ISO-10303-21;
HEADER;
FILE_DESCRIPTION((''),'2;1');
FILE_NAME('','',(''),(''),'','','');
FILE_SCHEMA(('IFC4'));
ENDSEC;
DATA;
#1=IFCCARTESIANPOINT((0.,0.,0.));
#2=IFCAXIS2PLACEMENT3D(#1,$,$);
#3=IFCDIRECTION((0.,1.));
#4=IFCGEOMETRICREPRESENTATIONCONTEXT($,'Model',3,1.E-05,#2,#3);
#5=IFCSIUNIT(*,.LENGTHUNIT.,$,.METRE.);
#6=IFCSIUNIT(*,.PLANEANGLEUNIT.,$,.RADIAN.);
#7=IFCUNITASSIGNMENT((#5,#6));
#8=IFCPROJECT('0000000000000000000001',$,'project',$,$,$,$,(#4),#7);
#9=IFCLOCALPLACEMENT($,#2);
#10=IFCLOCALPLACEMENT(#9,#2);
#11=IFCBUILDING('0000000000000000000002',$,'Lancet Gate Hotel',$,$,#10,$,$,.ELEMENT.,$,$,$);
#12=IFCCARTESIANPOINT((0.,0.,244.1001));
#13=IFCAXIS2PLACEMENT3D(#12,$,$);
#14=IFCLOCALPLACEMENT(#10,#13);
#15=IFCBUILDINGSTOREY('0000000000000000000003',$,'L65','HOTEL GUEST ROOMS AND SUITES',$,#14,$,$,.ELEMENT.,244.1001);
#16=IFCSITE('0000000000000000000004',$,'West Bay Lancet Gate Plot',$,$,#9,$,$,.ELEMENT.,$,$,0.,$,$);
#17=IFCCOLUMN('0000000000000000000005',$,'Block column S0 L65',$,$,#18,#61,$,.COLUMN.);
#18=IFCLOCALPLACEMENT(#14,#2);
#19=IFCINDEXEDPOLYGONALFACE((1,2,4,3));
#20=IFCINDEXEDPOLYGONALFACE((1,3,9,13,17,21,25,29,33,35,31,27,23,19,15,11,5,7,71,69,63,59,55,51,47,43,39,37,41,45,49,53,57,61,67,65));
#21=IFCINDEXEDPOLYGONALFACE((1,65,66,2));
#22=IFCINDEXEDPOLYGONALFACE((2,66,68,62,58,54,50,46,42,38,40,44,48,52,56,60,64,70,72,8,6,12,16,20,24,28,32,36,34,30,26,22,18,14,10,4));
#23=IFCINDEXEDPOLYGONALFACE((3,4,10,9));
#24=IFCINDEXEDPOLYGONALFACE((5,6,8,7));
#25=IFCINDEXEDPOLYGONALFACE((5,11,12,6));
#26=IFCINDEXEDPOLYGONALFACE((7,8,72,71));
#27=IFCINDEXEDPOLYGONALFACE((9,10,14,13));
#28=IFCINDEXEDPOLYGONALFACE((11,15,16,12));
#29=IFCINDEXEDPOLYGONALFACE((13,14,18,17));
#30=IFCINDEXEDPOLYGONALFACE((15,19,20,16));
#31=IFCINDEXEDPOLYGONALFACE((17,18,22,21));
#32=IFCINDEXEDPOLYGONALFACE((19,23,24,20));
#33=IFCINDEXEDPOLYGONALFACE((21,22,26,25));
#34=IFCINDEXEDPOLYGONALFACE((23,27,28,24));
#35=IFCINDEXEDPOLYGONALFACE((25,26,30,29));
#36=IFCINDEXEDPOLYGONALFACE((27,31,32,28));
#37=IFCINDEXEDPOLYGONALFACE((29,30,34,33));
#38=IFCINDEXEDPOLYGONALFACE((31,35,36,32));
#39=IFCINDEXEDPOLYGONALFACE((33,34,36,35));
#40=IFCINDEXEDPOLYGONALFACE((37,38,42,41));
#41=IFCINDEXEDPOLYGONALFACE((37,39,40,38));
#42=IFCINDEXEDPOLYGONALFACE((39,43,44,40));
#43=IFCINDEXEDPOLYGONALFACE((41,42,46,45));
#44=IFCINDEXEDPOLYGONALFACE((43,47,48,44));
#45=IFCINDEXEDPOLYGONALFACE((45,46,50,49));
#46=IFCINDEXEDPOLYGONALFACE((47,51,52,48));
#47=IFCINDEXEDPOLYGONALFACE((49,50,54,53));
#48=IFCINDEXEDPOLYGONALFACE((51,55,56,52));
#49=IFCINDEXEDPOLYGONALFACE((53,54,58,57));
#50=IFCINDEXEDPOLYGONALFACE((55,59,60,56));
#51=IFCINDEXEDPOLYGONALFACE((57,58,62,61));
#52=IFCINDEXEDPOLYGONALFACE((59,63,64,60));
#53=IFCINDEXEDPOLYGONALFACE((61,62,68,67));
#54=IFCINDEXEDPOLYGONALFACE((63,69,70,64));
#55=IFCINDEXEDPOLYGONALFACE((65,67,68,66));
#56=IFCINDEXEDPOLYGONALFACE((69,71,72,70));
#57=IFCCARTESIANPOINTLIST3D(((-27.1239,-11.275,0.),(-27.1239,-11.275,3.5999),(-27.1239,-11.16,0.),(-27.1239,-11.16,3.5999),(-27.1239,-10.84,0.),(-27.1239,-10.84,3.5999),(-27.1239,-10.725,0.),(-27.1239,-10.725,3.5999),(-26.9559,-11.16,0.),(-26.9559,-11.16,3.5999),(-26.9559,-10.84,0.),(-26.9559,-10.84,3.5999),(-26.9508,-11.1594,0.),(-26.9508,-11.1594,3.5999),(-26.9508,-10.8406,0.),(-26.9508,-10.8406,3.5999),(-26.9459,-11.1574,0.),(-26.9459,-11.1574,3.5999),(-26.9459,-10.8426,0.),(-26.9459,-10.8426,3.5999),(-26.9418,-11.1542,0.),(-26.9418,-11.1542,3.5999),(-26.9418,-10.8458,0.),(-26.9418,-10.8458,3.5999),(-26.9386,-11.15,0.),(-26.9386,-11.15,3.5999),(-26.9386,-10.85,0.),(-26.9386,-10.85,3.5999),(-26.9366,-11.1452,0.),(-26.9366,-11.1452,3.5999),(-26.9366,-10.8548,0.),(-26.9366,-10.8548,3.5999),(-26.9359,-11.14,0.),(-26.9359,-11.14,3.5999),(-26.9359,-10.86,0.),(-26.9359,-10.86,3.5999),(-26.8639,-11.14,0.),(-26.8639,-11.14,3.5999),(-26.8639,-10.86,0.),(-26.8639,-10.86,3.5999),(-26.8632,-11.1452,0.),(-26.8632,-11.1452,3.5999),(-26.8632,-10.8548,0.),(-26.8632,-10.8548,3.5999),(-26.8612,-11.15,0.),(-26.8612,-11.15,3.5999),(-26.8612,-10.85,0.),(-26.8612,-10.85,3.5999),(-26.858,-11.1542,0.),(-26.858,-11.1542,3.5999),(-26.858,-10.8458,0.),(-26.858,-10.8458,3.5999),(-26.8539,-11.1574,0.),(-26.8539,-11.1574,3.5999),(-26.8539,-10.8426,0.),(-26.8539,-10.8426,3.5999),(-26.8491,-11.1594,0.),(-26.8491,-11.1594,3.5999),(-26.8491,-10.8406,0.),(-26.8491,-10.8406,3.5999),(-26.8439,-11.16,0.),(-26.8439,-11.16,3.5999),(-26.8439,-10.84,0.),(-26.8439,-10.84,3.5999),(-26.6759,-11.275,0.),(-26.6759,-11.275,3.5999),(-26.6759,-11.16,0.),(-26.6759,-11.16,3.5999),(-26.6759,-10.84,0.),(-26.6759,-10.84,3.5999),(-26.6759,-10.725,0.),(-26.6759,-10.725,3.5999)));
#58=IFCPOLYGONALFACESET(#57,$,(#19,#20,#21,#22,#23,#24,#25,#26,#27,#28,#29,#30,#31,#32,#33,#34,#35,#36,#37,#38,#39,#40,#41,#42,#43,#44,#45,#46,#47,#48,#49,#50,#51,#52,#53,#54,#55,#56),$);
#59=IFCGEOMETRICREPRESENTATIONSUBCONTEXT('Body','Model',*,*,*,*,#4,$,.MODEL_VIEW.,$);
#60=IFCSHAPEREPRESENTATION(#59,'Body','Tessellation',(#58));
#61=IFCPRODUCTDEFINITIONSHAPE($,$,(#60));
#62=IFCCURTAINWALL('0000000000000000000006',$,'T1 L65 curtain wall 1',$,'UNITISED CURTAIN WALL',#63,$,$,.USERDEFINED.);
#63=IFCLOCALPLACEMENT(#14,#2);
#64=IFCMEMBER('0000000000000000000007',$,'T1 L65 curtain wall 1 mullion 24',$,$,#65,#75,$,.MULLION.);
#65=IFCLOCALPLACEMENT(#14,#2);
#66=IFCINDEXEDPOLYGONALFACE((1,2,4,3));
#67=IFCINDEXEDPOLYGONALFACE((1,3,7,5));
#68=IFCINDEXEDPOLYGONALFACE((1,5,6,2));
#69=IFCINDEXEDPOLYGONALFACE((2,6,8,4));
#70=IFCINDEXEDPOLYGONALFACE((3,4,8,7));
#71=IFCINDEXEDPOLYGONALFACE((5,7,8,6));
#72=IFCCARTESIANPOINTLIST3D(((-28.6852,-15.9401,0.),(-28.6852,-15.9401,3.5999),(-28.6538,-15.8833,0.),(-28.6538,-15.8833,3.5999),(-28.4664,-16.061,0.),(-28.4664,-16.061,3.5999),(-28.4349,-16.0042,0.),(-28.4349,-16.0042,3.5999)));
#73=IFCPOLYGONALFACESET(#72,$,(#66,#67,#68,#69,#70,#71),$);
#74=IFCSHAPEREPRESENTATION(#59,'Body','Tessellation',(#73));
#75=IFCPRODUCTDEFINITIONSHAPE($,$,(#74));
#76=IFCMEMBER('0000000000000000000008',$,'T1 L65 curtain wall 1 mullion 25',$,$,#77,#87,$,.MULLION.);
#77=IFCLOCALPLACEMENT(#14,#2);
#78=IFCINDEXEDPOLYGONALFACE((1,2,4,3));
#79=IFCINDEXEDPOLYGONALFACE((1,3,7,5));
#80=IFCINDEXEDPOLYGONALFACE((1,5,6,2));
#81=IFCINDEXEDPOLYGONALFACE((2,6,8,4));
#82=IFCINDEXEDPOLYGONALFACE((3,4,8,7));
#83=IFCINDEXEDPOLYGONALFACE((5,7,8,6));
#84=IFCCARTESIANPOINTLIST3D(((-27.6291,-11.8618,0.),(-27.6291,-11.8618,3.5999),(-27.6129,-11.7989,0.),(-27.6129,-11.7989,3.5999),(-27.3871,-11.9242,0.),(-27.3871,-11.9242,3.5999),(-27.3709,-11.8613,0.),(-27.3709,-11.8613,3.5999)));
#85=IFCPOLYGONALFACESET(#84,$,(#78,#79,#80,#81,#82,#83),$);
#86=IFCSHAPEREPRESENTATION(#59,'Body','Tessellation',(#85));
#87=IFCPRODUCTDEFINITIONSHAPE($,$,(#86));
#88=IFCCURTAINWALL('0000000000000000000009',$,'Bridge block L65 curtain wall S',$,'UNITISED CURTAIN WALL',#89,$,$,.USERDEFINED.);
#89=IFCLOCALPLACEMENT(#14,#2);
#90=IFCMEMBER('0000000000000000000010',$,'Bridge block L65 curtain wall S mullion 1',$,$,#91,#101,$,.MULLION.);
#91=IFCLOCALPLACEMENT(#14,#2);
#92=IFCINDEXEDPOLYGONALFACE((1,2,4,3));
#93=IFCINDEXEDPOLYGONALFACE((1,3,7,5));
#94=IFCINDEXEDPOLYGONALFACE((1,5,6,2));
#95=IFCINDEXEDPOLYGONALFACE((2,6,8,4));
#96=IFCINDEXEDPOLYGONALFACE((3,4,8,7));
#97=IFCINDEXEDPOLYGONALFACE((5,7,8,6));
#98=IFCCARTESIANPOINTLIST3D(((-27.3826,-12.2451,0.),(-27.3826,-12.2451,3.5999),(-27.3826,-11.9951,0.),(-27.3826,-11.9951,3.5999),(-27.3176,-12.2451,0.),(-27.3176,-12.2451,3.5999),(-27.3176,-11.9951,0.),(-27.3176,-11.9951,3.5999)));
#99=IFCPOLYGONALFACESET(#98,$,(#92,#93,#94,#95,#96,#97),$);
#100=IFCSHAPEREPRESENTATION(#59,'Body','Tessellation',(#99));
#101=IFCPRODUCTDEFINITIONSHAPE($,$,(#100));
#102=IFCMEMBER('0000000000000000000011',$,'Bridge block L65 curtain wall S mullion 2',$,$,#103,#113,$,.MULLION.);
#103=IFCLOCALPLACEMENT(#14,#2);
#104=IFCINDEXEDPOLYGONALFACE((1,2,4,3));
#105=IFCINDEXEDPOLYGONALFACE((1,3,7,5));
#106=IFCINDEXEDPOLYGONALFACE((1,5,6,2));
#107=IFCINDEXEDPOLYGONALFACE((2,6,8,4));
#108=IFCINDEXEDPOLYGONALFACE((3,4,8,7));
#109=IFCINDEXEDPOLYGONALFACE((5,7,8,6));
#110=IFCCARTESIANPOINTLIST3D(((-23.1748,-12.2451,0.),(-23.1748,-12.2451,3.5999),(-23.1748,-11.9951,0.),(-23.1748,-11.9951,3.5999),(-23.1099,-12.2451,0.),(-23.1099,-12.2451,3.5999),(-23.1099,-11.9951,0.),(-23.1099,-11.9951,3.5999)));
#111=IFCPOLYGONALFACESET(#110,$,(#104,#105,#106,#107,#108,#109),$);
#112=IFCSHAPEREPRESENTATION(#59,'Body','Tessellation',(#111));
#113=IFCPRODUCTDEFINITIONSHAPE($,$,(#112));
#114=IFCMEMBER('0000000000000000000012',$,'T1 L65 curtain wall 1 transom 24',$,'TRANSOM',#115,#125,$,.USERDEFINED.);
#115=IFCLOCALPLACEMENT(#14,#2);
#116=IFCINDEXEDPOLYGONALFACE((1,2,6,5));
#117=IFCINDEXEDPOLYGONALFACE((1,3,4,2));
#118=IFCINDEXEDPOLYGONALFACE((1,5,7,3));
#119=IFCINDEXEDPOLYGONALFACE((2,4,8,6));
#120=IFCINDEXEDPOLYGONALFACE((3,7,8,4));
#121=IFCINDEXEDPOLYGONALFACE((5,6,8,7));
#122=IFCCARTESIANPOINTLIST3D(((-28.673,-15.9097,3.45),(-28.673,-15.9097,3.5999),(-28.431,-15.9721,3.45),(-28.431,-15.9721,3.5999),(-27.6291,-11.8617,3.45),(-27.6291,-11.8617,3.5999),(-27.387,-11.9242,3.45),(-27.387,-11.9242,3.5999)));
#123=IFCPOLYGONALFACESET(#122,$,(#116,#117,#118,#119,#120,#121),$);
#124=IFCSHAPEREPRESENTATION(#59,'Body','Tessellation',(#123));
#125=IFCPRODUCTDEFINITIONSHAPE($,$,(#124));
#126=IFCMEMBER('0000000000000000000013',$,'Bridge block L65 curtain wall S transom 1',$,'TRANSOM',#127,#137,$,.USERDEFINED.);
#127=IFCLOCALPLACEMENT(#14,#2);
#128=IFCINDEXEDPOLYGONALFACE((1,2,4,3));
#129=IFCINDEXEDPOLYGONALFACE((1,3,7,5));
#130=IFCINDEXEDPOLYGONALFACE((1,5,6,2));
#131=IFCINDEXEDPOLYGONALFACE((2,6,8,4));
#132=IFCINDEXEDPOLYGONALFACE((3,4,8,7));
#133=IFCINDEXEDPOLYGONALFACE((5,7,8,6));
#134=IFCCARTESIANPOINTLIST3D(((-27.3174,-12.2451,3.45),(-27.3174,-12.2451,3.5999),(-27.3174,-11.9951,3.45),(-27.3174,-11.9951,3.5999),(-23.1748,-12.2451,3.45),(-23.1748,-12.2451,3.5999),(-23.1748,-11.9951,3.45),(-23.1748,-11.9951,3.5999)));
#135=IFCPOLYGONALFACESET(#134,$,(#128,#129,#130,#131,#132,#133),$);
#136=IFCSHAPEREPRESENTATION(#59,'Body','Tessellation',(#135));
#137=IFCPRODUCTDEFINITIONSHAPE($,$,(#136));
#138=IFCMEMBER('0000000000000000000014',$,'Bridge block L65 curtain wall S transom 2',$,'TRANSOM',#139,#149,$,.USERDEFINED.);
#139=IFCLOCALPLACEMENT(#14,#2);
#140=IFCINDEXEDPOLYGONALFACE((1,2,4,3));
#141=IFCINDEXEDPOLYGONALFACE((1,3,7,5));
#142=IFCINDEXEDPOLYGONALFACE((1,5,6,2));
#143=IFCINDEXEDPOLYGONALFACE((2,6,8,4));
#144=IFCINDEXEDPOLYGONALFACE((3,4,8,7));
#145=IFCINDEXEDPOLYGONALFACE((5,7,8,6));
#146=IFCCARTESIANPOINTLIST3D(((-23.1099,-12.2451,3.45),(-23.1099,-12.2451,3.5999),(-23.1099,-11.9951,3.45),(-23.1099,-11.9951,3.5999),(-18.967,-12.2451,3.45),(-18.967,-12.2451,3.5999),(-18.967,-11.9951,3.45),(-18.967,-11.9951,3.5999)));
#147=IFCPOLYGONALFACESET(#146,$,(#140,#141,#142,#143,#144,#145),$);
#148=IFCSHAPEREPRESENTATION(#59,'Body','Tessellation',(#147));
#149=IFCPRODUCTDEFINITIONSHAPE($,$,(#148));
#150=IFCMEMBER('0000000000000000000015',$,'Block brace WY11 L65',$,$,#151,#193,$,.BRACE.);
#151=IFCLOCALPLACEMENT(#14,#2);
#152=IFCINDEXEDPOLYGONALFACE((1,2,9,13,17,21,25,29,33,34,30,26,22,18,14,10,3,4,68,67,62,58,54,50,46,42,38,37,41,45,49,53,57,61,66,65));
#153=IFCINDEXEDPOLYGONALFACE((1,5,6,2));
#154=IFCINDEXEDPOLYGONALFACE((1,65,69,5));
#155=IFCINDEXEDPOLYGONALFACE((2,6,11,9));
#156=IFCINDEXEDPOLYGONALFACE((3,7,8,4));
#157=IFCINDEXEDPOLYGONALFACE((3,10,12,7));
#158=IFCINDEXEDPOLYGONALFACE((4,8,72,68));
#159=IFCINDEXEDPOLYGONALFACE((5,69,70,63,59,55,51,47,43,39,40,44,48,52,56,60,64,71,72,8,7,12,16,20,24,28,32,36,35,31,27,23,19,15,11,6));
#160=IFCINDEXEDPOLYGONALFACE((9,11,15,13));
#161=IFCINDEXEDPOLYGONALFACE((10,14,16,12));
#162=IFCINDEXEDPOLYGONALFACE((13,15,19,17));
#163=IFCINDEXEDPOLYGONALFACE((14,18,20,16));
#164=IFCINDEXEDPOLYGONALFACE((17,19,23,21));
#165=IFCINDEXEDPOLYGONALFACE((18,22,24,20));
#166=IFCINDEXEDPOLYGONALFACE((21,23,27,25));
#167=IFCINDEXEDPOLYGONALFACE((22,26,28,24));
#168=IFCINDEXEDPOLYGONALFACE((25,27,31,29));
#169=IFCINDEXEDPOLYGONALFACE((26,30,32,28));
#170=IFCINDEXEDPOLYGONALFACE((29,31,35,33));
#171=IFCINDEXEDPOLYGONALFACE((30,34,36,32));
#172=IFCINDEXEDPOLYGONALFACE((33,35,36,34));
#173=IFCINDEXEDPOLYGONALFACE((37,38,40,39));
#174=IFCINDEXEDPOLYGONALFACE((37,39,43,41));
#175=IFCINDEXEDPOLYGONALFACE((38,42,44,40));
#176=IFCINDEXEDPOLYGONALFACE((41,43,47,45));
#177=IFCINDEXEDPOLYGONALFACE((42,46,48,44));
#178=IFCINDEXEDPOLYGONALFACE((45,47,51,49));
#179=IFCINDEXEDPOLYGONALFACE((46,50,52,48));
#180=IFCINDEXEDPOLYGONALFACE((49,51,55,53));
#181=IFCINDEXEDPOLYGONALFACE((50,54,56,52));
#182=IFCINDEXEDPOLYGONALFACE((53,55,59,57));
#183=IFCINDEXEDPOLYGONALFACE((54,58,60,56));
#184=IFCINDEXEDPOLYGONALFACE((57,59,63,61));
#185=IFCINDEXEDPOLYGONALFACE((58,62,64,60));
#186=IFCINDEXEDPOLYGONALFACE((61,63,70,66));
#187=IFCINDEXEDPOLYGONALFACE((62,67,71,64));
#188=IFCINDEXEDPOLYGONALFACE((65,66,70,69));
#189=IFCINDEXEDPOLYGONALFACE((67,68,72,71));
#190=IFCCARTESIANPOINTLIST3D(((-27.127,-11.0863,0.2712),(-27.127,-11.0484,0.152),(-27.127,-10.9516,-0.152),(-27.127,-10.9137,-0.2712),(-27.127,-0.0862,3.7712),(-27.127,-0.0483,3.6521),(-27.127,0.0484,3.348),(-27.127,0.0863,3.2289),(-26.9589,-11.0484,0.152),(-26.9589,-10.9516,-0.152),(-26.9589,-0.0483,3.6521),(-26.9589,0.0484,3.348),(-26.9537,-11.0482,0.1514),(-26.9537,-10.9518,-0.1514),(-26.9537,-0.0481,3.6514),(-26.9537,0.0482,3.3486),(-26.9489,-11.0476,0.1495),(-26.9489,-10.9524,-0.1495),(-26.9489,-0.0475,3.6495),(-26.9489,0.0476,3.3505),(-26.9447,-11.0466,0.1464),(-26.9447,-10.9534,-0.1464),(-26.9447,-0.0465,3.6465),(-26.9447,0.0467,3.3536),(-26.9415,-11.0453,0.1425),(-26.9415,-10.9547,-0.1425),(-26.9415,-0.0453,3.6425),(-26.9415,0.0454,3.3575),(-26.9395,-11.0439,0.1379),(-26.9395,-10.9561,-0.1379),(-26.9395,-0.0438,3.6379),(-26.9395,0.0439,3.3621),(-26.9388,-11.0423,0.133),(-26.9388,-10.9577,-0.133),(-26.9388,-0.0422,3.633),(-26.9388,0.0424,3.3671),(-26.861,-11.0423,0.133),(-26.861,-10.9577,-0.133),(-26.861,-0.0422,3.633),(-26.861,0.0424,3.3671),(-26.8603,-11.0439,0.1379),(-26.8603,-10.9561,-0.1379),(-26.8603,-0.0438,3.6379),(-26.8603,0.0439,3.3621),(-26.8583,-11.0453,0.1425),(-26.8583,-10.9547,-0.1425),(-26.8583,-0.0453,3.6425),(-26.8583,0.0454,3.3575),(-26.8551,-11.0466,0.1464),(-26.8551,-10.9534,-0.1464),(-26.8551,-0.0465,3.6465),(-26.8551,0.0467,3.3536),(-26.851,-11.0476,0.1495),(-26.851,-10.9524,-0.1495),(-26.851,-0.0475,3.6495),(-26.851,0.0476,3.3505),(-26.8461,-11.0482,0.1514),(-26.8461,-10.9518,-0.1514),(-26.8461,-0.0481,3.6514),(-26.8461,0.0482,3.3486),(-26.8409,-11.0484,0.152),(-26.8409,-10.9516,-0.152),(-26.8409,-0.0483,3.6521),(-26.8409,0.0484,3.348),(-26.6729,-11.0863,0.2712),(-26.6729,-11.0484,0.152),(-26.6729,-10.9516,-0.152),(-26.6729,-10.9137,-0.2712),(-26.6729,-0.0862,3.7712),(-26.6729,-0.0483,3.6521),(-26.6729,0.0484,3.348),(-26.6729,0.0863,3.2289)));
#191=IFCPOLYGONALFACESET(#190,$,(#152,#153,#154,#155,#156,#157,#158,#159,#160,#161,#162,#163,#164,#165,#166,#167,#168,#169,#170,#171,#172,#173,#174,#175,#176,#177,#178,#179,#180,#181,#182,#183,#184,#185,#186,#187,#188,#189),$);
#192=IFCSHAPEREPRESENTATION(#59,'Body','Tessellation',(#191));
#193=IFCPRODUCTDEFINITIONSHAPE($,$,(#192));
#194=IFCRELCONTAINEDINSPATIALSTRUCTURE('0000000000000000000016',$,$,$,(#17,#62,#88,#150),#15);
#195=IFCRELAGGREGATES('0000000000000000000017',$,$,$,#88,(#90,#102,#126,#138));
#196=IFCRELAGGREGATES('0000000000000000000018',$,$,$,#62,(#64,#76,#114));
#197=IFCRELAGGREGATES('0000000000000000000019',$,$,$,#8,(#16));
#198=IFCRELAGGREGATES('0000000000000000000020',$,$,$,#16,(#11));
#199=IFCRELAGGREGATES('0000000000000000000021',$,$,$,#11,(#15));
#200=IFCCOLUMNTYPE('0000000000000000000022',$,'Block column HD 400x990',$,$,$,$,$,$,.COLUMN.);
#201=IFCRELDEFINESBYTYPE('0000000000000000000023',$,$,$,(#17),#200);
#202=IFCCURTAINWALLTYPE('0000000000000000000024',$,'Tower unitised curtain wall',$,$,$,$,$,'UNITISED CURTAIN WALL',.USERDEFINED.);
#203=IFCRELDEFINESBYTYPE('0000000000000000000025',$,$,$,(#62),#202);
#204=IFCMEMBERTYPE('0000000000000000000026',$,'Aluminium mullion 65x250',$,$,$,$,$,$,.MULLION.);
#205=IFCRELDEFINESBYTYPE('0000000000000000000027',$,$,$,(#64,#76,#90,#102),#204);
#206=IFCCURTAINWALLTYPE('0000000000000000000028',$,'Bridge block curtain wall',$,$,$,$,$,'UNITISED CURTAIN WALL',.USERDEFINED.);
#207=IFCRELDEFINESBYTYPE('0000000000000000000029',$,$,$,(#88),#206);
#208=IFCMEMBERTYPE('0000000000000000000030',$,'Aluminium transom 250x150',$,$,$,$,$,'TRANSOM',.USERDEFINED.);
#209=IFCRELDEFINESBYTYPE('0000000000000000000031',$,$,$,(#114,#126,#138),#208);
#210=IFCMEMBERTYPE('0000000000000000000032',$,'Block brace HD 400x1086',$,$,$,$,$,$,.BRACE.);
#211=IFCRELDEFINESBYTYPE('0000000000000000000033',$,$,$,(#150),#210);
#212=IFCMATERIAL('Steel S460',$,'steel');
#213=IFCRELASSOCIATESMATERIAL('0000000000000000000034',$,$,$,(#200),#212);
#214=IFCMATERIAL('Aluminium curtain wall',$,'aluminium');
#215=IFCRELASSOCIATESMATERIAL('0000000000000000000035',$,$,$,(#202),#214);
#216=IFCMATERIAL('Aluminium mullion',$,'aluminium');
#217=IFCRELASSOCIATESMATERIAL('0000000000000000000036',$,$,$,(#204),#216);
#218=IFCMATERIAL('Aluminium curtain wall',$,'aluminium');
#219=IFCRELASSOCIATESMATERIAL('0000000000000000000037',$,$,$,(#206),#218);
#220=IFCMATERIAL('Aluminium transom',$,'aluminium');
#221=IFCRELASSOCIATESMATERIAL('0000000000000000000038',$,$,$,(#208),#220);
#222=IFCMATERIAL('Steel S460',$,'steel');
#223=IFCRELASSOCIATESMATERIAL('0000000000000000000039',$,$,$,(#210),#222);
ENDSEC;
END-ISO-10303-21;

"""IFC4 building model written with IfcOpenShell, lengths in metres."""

from ifc_helpers import new_model, si_unit, direction, frame, origin, origin_2d, place, context, subcontext, project, spatial, rectangle, i_section, extrude, material, material_profile, profile_set, type_object, element, aggregate, save


model = new_model("IFC4")

# Units and contexts
model_context = context("Model", 3, precision=1e-05, world=origin(), true_north=direction((0.0, 1.0)))
body_context = subcontext(model_context, "Body", "Model", "MODEL_VIEW")
ifc_project = project(units=[si_unit("LENGTHUNIT", "METRE"), si_unit("PLANEANGLEUNIT", "RADIAN")], contexts=[model_context])

# Site, building, storey
site_placement = place(None, origin())
site = spatial("IfcSite", under=ifc_project, at=site_placement, Name="West Bay Lancet Gate Plot", CompositionType="ELEMENT", RefElevation=0.0)
building_placement = place(site_placement, origin())
building = spatial("IfcBuilding", under=site, at=building_placement, Name="Lancet Gate Hotel", CompositionType="ELEMENT")
storey_placement = place(building_placement, frame((0.0, 0.0, 244.1001)))
storey = spatial("IfcBuildingStorey", under=building, at=storey_placement, Name="L65", Description="HOTEL GUEST ROOMS AND SUITES", CompositionType="ELEMENT", Elevation=244.1001)

# Column
ifc_material_1 = material(Name="Steel S460", Category="steel")
ifc_material_profile_1 = material_profile(ifc_material_1, i_section(OverallWidth=0.448, OverallDepth=0.55, WebThickness=0.072, FlangeThickness=0.115, FilletRadius=0.02, at=origin_2d()), Name="HD 400x990")
ifc_profile_set_1 = profile_set([ifc_material_profile_1], Name="Steel S460")
column_type = type_object("IfcColumnType", Name="Block column HD 400x990", PredefinedType="COLUMN", material=ifc_profile_set_1)
column_placement = place(storey_placement, frame((-26.8999, -11.0, 0.0), z_axis=(0.0, 0.0, 1.0), x_axis=(1.0, 0.0, 0.0)))
element("IfcColumn", 1, at=column_placement, inside=storey, type_object=column_type, Name="Block column S0 L65", PredefinedType="COLUMN", context=body_context, shape_type="SweptSolid", body=[
    extrude(i_section(OverallWidth=0.448, OverallDepth=0.55, WebThickness=0.072, FlangeThickness=0.115, FilletRadius=0.02, at=origin_2d()), origin(), (0.0, 0.0, 1.0), 3.5999),
])

# Curtain walls, members
ifc_material_2 = material(Name="Aluminium curtain wall", Category="aluminium")
curtain_wall_type_1 = type_object("IfcCurtainWallType", Name="Tower unitised curtain wall", ElementType="UNITISED CURTAIN WALL", PredefinedType="USERDEFINED", material=ifc_material_2)
curtain_wall_1_placement = place(storey_placement, origin())
curtain_wall_1 = element("IfcCurtainWall", 2, at=curtain_wall_1_placement, inside=storey, type_object=curtain_wall_type_1, Name="T1 L65 curtain wall 1", ObjectType="UNITISED CURTAIN WALL", PredefinedType="USERDEFINED")
ifc_material_3 = material(Name="Aluminium mullion", Category="aluminium")
ifc_material_profile_2 = material_profile(ifc_material_3, rectangle(XDim=0.0649, YDim=0.25, at=origin_2d()), Name="MULLION 65x250")
ifc_profile_set_2 = profile_set([ifc_material_profile_2], Name="Aluminium mullion")
member_type_1 = type_object("IfcMemberType", Name="Aluminium mullion 65x250", PredefinedType="MULLION", material=ifc_profile_set_2)
member_1_placement = place(storey_placement, frame((-28.5601, -15.9722, 0.0), z_axis=(0.0, 0.0, 1.0), x_axis=(0.483627, 0.875274, 0.0)))
member_1 = element("IfcMember", 3, at=member_1_placement, type_object=member_type_1, Name="T1 L65 curtain wall 1 mullion 24", PredefinedType="MULLION", context=body_context, shape_type="SweptSolid", body=[
    extrude(rectangle(XDim=0.0649, YDim=0.25, at=origin_2d()), origin(), (0.0, 0.0, 1.0), 3.5999),
])
member_2_placement = place(storey_placement, frame((-27.5, -11.8616, 0.0), z_axis=(0.0, 0.0, 1.0), x_axis=(0.249726, 0.968317, 0.0)))
member_2 = element("IfcMember", 4, at=member_2_placement, type_object=member_type_1, Name="T1 L65 curtain wall 1 mullion 25", PredefinedType="MULLION", context=body_context, shape_type="SweptSolid", body=[
    extrude(rectangle(XDim=0.0649, YDim=0.25, at=origin_2d()), origin(), (0.0, 0.0, 1.0), 3.5999),
])
ifc_material_4 = material(Name="Aluminium curtain wall", Category="aluminium")
curtain_wall_type_2 = type_object("IfcCurtainWallType", Name="Bridge block curtain wall", ElementType="UNITISED CURTAIN WALL", PredefinedType="USERDEFINED", material=ifc_material_4)
curtain_wall_2_placement = place(storey_placement, origin())
curtain_wall_2 = element("IfcCurtainWall", 5, at=curtain_wall_2_placement, inside=storey, type_object=curtain_wall_type_2, Name="Bridge block L65 curtain wall S", ObjectType="UNITISED CURTAIN WALL", PredefinedType="USERDEFINED")
member_3_placement = place(storey_placement, frame((-27.3501, -12.1201, 0.0), z_axis=(0.0, 0.0, 1.0), x_axis=(1.0, 0.0, 0.0)))
member_3 = element("IfcMember", 6, at=member_3_placement, type_object=member_type_1, Name="Bridge block L65 curtain wall S mullion 1", PredefinedType="MULLION", context=body_context, shape_type="SweptSolid", body=[
    extrude(rectangle(XDim=0.0649, YDim=0.25, at=origin_2d()), origin(), (0.0, 0.0, 1.0), 3.5999),
])
member_4_placement = place(storey_placement, frame((-23.1423, -12.1201, 0.0), z_axis=(0.0, 0.0, 1.0), x_axis=(1.0, 0.0, 0.0)))
member_4 = element("IfcMember", 7, at=member_4_placement, type_object=member_type_1, Name="Bridge block L65 curtain wall S mullion 2", PredefinedType="MULLION", context=body_context, shape_type="SweptSolid", body=[
    extrude(rectangle(XDim=0.0649, YDim=0.25, at=origin_2d()), origin(), (0.0, 0.0, 1.0), 3.5999),
])

# Members
ifc_material_5 = material(Name="Aluminium transom", Category="aluminium")
ifc_material_profile_3 = material_profile(ifc_material_5, rectangle(XDim=0.25, YDim=0.1499, at=origin_2d()), Name="TRANSOM 250x150")
ifc_profile_set_3 = profile_set([ifc_material_profile_3], Name="Aluminium transom")
member_type_2 = type_object("IfcMemberType", Name="Aluminium transom 250x150", ElementType="TRANSOM", PredefinedType="USERDEFINED", material=ifc_profile_set_3)
member_5_placement = place(storey_placement, frame((-28.552, -15.9409, 3.5249), z_axis=(0.249716, 0.968319, 0.0), x_axis=(-0.968319, 0.249716, 0.0)))
member_5 = element("IfcMember", 8, at=member_5_placement, type_object=member_type_2, Name="T1 L65 curtain wall 1 transom 24", ObjectType="TRANSOM", PredefinedType="USERDEFINED", context=body_context, shape_type="SweptSolid", body=[
    extrude(rectangle(XDim=0.25, YDim=0.1499, at=origin_2d()), origin(), (0.0, 0.0, 1.0), 4.1804),
])
member_6_placement = place(storey_placement, frame((-27.3174, -12.1201, 3.5249), z_axis=(1.0, 0.0, 0.0), x_axis=(0.0, 1.0, 0.0)))
member_6 = element("IfcMember", 9, at=member_6_placement, type_object=member_type_2, Name="Bridge block L65 curtain wall S transom 1", ObjectType="TRANSOM", PredefinedType="USERDEFINED", context=body_context, shape_type="SweptSolid", body=[
    extrude(rectangle(XDim=0.25, YDim=0.1499, at=origin_2d()), origin(), (0.0, 0.0, 1.0), 4.1426),
])
member_7_placement = place(storey_placement, frame((-23.1099, -12.1201, 3.5249), z_axis=(1.0, 0.0, 0.0), x_axis=(0.0, 1.0, 0.0)))
member_7 = element("IfcMember", 10, at=member_7_placement, type_object=member_type_2, Name="Bridge block L65 curtain wall S transom 2", ObjectType="TRANSOM", PredefinedType="USERDEFINED", context=body_context, shape_type="SweptSolid", body=[
    extrude(rectangle(XDim=0.25, YDim=0.1499, at=origin_2d()), origin(), (0.0, 0.0, 1.0), 4.1428),
])
ifc_material_6 = material(Name="Steel S460", Category="steel")
ifc_material_profile_4 = material_profile(ifc_material_6, i_section(OverallWidth=0.4541, OverallDepth=0.5691, WebThickness=0.0779, FlangeThickness=0.125, FilletRadius=0.02, at=origin_2d()), Name="HD 400x1086")
ifc_profile_set_4 = profile_set([ifc_material_profile_4], Name="Steel S460")
member_type_3 = type_object("IfcMemberType", Name="Block brace HD 400x1086", PredefinedType="BRACE", material=ifc_profile_set_4)
member_8_placement = place(storey_placement, frame((-26.8999, -11.0, 0.0), z_axis=(0.0, 0.952926, 0.303204), x_axis=(-1.0, 0.0, 0.0)))
element("IfcMember", 11, at=member_8_placement, inside=storey, type_object=member_type_3, Name="Block brace WY11 L65", PredefinedType="BRACE", context=body_context, shape_type="SweptSolid", body=[
    extrude(i_section(OverallWidth=0.4541, OverallDepth=0.5691, WebThickness=0.0779, FlangeThickness=0.125, FilletRadius=0.02, at=origin_2d()), origin(), (0.0, 0.0, 1.0), 11.5435),
])

aggregate(curtain_wall_2, [member_3, member_4, member_6, member_7])
aggregate(curtain_wall_1, [member_1, member_2, member_5])

save(model, "model.ifc")
